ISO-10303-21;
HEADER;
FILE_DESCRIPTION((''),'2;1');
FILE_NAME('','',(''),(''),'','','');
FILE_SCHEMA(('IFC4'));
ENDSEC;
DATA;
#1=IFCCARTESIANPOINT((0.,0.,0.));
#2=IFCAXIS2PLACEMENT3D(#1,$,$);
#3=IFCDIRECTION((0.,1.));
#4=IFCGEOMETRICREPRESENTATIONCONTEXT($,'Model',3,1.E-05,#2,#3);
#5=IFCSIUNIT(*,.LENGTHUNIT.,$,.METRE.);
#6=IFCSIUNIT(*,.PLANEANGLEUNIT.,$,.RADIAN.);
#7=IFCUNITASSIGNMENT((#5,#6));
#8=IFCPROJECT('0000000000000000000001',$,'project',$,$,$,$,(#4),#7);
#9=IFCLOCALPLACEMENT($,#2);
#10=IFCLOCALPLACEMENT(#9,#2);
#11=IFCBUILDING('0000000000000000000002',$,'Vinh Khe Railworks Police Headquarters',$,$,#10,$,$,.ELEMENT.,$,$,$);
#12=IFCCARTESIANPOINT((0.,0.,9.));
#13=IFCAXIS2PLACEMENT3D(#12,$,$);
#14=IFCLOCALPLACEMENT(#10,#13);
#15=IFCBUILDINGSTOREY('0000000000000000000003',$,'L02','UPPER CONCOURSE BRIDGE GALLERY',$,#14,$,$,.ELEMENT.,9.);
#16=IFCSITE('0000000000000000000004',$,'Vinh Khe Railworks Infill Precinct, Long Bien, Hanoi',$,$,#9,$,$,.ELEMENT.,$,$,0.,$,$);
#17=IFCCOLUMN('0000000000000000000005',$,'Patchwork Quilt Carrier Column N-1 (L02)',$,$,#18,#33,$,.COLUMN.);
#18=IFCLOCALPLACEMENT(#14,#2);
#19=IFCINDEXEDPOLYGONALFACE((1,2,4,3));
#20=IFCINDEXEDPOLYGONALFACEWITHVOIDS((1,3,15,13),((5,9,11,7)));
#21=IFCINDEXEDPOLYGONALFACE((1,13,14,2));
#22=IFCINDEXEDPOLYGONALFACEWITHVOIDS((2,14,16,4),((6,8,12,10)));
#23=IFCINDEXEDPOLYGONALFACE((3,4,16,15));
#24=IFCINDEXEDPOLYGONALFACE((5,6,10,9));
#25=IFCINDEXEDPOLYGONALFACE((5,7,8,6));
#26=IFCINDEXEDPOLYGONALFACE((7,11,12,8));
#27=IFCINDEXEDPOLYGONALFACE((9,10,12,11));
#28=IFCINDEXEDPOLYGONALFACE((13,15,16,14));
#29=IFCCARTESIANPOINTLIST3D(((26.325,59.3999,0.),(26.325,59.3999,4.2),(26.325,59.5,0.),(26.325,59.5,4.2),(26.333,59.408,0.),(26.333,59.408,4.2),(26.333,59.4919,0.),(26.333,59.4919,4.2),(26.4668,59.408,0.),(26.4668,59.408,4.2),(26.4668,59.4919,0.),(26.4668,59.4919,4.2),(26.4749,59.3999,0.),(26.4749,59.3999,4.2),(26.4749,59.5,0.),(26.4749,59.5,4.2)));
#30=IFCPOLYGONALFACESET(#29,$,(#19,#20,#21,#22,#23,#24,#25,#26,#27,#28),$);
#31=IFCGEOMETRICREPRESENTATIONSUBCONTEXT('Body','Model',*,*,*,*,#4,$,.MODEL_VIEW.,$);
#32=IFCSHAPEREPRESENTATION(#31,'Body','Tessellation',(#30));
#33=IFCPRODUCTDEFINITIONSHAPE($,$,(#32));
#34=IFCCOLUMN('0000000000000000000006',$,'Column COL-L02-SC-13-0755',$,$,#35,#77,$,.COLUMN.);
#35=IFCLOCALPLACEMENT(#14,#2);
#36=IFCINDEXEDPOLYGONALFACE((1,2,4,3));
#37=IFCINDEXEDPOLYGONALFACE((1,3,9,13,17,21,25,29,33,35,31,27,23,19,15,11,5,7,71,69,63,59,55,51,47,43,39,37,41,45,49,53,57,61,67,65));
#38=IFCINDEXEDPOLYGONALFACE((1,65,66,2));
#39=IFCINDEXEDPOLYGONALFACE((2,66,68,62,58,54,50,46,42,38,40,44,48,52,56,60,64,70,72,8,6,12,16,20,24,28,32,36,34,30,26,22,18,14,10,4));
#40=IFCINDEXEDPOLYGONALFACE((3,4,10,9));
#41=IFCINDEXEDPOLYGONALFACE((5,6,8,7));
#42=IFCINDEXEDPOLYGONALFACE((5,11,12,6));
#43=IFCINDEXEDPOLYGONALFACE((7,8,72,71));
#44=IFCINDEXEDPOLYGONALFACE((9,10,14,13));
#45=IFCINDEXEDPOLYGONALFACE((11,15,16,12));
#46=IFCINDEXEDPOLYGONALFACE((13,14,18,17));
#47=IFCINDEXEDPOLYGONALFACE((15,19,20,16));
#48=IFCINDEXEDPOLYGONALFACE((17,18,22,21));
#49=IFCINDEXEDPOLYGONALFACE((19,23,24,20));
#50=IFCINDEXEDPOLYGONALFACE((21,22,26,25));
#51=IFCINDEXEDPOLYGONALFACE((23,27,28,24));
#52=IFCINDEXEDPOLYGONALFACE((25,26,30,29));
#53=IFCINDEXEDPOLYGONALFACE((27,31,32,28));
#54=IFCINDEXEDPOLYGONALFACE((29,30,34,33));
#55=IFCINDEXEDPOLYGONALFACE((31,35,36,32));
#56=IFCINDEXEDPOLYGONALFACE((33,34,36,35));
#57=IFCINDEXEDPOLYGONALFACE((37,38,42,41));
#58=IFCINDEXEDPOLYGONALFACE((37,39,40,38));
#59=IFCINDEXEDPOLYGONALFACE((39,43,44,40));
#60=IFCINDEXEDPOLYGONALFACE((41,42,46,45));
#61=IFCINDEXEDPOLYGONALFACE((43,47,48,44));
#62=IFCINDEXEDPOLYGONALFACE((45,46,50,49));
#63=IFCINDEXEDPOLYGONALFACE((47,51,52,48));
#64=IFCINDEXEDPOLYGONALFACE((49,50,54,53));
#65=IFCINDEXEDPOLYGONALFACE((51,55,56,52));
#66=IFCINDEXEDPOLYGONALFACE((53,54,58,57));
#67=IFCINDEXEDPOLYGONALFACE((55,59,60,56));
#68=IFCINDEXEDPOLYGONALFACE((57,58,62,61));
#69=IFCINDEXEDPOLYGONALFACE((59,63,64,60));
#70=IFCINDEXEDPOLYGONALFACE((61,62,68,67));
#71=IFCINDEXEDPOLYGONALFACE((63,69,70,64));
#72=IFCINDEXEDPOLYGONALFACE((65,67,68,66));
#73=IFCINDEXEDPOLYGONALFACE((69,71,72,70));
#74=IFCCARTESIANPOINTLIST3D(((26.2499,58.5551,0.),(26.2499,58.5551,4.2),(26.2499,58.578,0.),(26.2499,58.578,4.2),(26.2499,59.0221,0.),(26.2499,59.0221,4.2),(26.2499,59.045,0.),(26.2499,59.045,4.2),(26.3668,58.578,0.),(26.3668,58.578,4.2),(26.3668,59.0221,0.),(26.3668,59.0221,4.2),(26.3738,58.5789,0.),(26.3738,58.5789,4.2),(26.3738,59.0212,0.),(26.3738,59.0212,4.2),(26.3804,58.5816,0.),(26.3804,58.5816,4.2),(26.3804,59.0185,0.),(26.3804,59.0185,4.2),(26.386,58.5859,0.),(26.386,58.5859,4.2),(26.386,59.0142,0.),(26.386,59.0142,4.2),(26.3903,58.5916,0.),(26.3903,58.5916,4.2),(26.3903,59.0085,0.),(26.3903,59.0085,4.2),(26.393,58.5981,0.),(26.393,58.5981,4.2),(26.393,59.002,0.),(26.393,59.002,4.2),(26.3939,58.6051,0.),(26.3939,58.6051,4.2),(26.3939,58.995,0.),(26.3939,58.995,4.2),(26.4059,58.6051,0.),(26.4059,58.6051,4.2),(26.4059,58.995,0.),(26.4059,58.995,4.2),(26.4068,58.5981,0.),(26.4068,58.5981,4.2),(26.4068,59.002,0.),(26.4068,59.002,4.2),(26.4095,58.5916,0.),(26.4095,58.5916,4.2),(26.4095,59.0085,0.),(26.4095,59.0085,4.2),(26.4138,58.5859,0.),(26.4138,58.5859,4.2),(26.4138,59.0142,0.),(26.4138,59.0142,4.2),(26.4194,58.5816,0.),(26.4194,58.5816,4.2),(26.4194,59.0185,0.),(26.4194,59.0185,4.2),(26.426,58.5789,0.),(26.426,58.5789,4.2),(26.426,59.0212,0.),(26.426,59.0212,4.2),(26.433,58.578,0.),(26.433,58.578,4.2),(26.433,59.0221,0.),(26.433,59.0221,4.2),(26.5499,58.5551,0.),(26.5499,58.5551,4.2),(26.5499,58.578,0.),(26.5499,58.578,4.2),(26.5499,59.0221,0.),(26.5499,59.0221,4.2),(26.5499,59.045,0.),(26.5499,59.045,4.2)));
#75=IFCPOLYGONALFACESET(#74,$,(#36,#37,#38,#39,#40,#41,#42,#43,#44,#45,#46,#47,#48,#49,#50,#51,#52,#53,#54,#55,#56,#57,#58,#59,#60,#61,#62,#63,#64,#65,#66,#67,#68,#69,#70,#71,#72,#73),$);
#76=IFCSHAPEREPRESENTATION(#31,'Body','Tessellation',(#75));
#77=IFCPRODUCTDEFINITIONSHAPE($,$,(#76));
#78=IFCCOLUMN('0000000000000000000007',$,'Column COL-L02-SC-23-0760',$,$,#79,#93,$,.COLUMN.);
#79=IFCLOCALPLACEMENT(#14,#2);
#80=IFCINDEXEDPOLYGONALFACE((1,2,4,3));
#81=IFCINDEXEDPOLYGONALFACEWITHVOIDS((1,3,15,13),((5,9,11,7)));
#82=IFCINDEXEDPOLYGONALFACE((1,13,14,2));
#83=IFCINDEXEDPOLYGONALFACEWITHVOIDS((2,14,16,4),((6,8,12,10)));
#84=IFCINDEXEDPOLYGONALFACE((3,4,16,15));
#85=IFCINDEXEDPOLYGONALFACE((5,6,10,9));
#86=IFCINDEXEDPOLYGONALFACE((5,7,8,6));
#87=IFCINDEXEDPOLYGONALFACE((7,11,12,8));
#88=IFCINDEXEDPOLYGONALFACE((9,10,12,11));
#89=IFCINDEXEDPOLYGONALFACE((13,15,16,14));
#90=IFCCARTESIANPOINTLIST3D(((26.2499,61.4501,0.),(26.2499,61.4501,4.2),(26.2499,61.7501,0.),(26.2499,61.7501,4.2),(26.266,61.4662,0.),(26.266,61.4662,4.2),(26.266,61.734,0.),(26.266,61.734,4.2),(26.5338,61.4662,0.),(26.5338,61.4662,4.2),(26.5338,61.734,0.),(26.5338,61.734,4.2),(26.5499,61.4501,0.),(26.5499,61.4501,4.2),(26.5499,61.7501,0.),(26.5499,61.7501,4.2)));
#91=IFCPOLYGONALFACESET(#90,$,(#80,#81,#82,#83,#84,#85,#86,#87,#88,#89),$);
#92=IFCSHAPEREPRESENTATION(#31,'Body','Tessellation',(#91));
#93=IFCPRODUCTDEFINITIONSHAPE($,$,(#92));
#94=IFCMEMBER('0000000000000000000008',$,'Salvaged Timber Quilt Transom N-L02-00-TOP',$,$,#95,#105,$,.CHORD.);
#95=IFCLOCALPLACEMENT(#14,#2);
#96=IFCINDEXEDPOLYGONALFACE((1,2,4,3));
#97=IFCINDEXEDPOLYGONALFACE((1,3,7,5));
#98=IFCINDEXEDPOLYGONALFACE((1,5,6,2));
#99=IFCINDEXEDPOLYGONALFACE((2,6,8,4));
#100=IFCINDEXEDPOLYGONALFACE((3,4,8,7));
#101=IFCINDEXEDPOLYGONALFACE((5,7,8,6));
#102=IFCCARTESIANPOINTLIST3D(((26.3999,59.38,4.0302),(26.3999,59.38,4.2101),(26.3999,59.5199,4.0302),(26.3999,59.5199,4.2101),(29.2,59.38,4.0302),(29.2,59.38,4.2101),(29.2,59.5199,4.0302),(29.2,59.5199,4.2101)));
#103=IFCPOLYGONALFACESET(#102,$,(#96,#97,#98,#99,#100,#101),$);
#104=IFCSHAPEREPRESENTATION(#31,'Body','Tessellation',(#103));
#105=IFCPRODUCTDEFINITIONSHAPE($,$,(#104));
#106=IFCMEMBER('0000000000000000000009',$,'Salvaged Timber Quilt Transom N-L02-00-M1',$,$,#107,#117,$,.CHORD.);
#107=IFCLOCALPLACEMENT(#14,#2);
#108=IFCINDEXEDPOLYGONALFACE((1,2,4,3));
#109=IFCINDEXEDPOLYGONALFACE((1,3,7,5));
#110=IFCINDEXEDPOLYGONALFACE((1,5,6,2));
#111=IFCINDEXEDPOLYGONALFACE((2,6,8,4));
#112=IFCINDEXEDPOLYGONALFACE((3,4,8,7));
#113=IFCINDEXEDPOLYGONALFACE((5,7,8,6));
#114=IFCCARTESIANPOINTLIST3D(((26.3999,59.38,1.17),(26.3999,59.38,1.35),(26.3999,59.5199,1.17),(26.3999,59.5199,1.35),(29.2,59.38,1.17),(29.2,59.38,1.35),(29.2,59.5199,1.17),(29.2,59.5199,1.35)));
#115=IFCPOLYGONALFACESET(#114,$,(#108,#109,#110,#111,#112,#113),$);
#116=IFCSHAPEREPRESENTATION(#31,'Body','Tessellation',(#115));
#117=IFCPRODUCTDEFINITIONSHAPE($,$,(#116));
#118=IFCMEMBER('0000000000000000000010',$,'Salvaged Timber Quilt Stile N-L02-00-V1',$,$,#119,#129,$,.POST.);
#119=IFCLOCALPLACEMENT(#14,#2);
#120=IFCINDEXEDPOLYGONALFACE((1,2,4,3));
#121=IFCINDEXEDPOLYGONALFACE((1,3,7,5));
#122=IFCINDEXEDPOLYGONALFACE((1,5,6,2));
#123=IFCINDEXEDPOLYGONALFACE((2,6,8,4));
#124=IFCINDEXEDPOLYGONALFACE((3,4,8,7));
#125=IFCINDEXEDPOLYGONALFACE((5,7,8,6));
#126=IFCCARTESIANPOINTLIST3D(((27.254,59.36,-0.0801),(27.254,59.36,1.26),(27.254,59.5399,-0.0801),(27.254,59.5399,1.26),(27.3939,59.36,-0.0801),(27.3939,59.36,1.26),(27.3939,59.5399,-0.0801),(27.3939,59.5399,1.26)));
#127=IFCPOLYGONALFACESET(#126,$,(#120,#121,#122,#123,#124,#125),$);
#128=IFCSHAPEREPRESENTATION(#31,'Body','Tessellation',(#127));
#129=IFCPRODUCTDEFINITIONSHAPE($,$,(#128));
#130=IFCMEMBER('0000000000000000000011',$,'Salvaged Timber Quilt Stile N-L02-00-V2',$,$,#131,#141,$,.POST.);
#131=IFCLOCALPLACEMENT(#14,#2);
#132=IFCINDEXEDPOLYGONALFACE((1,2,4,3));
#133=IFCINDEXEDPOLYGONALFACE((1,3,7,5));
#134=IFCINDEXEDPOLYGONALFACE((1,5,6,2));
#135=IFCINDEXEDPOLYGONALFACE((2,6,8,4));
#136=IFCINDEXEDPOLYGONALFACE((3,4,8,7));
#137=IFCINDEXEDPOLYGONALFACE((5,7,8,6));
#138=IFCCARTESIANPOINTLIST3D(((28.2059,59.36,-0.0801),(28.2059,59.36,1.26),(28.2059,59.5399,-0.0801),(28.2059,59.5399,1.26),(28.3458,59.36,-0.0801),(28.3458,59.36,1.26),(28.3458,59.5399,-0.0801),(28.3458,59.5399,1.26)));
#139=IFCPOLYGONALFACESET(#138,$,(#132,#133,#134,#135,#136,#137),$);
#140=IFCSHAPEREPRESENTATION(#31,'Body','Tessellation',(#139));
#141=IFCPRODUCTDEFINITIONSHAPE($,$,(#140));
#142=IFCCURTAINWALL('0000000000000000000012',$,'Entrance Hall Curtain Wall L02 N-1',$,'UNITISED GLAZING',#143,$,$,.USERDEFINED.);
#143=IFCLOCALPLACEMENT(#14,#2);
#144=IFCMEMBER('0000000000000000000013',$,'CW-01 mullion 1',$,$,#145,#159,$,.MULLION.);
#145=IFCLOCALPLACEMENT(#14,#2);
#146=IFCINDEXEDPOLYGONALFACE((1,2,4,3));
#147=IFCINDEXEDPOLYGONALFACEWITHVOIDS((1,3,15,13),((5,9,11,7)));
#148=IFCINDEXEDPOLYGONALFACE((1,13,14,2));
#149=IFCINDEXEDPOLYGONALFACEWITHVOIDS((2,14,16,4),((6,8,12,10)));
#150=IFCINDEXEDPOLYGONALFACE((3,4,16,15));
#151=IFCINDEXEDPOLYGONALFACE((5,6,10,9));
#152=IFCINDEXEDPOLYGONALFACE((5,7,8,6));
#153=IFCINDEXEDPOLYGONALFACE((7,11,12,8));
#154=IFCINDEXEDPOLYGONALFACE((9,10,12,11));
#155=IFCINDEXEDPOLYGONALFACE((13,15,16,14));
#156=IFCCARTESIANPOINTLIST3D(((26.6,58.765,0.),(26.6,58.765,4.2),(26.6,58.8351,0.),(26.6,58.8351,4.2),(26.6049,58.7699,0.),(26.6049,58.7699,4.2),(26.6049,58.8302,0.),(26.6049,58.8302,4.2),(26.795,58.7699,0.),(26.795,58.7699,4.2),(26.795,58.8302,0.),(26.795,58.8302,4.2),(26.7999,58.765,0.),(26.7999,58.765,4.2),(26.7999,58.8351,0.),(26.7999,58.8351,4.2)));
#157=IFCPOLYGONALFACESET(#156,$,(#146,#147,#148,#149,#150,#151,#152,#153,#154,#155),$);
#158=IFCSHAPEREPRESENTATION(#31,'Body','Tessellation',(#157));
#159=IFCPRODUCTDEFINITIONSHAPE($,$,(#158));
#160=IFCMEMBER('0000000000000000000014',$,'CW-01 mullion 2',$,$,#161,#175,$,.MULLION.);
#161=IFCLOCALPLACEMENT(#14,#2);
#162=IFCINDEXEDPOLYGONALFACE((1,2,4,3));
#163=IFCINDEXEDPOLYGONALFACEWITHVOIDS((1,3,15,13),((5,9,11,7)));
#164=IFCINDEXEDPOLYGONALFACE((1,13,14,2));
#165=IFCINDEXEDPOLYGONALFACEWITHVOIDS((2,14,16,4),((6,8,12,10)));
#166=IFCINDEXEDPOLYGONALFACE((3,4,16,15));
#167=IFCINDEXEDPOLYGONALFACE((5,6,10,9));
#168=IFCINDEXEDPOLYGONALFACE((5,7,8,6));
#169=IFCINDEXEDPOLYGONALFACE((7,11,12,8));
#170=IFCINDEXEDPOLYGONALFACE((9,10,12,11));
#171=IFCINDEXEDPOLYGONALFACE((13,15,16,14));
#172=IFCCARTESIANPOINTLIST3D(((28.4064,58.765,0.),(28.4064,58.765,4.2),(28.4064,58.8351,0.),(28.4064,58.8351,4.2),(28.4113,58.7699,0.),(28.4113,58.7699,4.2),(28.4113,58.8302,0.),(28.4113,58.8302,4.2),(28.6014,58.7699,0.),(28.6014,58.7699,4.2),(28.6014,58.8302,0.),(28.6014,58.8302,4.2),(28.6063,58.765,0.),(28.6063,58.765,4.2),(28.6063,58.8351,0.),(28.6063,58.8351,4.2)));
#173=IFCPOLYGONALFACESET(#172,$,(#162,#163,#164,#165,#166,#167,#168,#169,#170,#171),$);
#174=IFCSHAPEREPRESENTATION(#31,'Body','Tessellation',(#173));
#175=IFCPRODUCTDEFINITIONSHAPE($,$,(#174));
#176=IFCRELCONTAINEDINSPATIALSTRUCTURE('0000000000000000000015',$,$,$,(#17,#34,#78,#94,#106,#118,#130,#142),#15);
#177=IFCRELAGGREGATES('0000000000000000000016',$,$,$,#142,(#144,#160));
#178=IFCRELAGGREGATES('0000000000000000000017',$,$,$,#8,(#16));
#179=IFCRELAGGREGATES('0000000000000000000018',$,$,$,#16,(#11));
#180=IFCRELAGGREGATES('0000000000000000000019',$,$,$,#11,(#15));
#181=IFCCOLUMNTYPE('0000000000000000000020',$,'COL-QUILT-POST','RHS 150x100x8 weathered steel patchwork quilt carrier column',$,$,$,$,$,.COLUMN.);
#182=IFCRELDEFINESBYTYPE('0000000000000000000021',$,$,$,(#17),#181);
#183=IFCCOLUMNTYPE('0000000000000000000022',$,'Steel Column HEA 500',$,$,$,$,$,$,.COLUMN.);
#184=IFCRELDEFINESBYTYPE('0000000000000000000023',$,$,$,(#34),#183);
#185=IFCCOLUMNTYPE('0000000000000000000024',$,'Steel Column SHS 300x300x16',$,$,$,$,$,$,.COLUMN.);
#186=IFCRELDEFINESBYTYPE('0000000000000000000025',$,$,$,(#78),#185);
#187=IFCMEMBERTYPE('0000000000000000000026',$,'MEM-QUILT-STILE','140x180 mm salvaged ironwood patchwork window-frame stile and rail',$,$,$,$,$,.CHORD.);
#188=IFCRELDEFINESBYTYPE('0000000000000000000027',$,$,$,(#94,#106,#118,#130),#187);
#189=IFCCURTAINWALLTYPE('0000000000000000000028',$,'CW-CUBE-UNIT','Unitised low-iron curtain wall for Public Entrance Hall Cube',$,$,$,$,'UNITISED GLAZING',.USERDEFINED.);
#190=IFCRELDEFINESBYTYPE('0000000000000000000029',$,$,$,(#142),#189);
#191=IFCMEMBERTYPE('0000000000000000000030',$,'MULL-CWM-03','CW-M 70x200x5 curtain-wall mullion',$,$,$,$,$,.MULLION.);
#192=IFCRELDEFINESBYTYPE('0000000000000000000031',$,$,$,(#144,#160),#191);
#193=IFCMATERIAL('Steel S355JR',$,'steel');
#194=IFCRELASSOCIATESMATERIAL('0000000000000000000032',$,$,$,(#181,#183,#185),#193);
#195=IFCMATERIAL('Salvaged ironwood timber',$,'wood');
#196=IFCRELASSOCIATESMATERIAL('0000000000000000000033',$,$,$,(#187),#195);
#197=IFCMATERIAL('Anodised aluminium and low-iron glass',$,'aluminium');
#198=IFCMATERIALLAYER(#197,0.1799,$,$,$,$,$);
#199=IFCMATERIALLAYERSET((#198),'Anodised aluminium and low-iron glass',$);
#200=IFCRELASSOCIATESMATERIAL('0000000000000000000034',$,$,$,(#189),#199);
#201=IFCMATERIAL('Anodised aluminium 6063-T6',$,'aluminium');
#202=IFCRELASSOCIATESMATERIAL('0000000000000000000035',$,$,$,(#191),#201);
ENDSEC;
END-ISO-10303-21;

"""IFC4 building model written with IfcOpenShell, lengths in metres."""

from ifc_helpers import new_model, si_unit, direction, frame, origin, origin_2d, place, context, subcontext, project, spatial, rectangle, hollow_rectangle, i_section, extrude, material, layer, layer_set, material_profile, profile_set, type_object, element, aggregate, save


model = new_model("IFC4")

# Units and contexts
model_context = context("Model", 3, precision=1e-05, world=origin(), true_north=direction((0.0, 1.0)))
body_context = subcontext(model_context, "Body", "Model", "MODEL_VIEW")
ifc_project = project(units=[si_unit("LENGTHUNIT", "METRE"), si_unit("PLANEANGLEUNIT", "RADIAN")], contexts=[model_context])

# Site, building, storey
site_placement = place(None, origin())
site = spatial("IfcSite", under=ifc_project, at=site_placement, Name="Vinh Khe Railworks Infill Precinct, Long Bien, Hanoi", CompositionType="ELEMENT", RefElevation=0.0)
building_placement = place(site_placement, origin())
building = spatial("IfcBuilding", under=site, at=building_placement, Name="Vinh Khe Railworks Police Headquarters", CompositionType="ELEMENT")
storey_placement = place(building_placement, frame((0.0, 0.0, 9.0)))
storey = spatial("IfcBuildingStorey", under=building, at=storey_placement, Name="L02", Description="UPPER CONCOURSE BRIDGE GALLERY", CompositionType="ELEMENT", Elevation=9.0)

# Columns
ifc_material_1 = material(Name="Steel S355JR", Category="steel")
ifc_material_profile_1 = material_profile(ifc_material_1, hollow_rectangle(XDim=0.1499, YDim=0.1001, WallThickness=0.0081, at=origin_2d()), Name="RHS 150x100x8")
ifc_profile_set_1 = profile_set([ifc_material_profile_1], Name="Steel S355JR")
column_type_1 = type_object("IfcColumnType", Name="COL-QUILT-POST", Description="RHS 150x100x8 weathered steel patchwork quilt carrier column", PredefinedType="COLUMN", material=ifc_profile_set_1)
column_1_placement = place(storey_placement, frame((26.3999, 59.45, 0.0), z_axis=(0.0, 0.0, 1.0), x_axis=(1.0, 0.0, 0.0)))
element("IfcColumn", 1, at=column_1_placement, inside=storey, type_object=column_type_1, Name="Patchwork Quilt Carrier Column N-1 (L02)", PredefinedType="COLUMN", context=body_context, shape_type="SweptSolid", body=[
    extrude(hollow_rectangle(XDim=0.1499, YDim=0.1001, WallThickness=0.0081, at=origin_2d()), origin(), (0.0, 0.0, 1.0), 4.2),
])
ifc_material_profile_2 = material_profile(ifc_material_1, i_section(OverallWidth=0.3, OverallDepth=0.49, WebThickness=0.012, FlangeThickness=0.0229, FilletRadius=0.0271, at=origin_2d()), Name="HEA 500")
ifc_profile_set_2 = profile_set([ifc_material_profile_2], Name="Steel S355JR")
column_type_2 = type_object("IfcColumnType", Name="Steel Column HEA 500", PredefinedType="COLUMN", material=ifc_profile_set_2)
column_2_placement = place(storey_placement, frame((26.3999, 58.8, 0.0), z_axis=(0.0, 0.0, 1.0), x_axis=(1.0, 0.0, 0.0)))
element("IfcColumn", 2, at=column_2_placement, inside=storey, type_object=column_type_2, Name="Column COL-L02-SC-13-0755", PredefinedType="COLUMN", context=body_context, shape_type="SweptSolid", body=[
    extrude(i_section(OverallWidth=0.3, OverallDepth=0.49, WebThickness=0.012, FlangeThickness=0.0229, FilletRadius=0.0271, at=origin_2d()), origin(), (0.0, 0.0, 1.0), 4.2),
])
ifc_material_profile_3 = material_profile(ifc_material_1, hollow_rectangle(XDim=0.3, YDim=0.3, WallThickness=0.0161, at=origin_2d()), Name="SHS 300x300x16")
ifc_profile_set_3 = profile_set([ifc_material_profile_3], Name="Steel S355JR")
column_type_3 = type_object("IfcColumnType", Name="Steel Column SHS 300x300x16", PredefinedType="COLUMN", material=ifc_profile_set_3)
column_3_placement = place(storey_placement, frame((26.3999, 61.6001, 0.0), z_axis=(0.0, 0.0, 1.0), x_axis=(1.0, 0.0, 0.0)))
element("IfcColumn", 3, at=column_3_placement, inside=storey, type_object=column_type_3, Name="Column COL-L02-SC-23-0760", PredefinedType="COLUMN", context=body_context, shape_type="SweptSolid", body=[
    extrude(hollow_rectangle(XDim=0.3, YDim=0.3, WallThickness=0.0161, at=origin_2d()), origin(), (0.0, 0.0, 1.0), 4.2),
])

# Members
ifc_material_2 = material(Name="Salvaged ironwood timber", Category="wood")
ifc_material_profile_4 = material_profile(ifc_material_2, rectangle(XDim=0.1399, YDim=0.1799, at=origin_2d()), Name="TIMBER 140x180")
ifc_profile_set_4 = profile_set([ifc_material_profile_4], Name="Salvaged ironwood timber")
member_type_1 = type_object("IfcMemberType", Name="MEM-QUILT-STILE", Description="140x180 mm salvaged ironwood patchwork window-frame stile and rail", PredefinedType="CHORD", material=ifc_profile_set_4)
for number, where, z_axis, x_axis, name in (
    (4, (26.3999, 59.45, 4.1201), (1.0, 0.0, 0.0), (0.0, 1.0, 0.0), "Salvaged Timber Quilt Transom N-L02-00-TOP"),
    (5, (26.3999, 59.45, 1.26), (1.0, 0.0, 0.0), (0.0, 1.0, 0.0), "Salvaged Timber Quilt Transom N-L02-00-M1"),
):
    element("IfcMember", number, at=place(storey_placement, frame(where, z_axis=z_axis, x_axis=x_axis)), inside=storey, type_object=member_type_1, Name=name, PredefinedType="CHORD", context=body_context, shape_type="SweptSolid", body=[
        extrude(rectangle(XDim=0.1399, YDim=0.1799, at=origin_2d()), origin(), (0.0, 0.0, 1.0), 2.8),
    ])
for number, where, z_axis, x_axis, name in (
    (6, (27.324, 59.45, -0.0801), (0.0, 0.0, 1.0), (1.0, 0.0, 0.0), "Salvaged Timber Quilt Stile N-L02-00-V1"),
    (7, (28.2759, 59.45, -0.0801), (0.0, 0.0, 1.0), (1.0, 0.0, 0.0), "Salvaged Timber Quilt Stile N-L02-00-V2"),
):
    element("IfcMember", number, at=place(storey_placement, frame(where, z_axis=z_axis, x_axis=x_axis)), inside=storey, type_object=member_type_1, Name=name, PredefinedType="POST", context=body_context, shape_type="SweptSolid", body=[
        extrude(rectangle(XDim=0.1399, YDim=0.1799, at=origin_2d()), origin(), (0.0, 0.0, 1.0), 1.3401),
    ])

# Curtain wall, members
ifc_material_3 = material(Name="Anodised aluminium and low-iron glass", Category="aluminium")
ifc_layer_1 = layer(ifc_material_3, 0.1799)
ifc_layer_set_1 = layer_set([ifc_layer_1], Name="Anodised aluminium and low-iron glass")
curtain_wall_type = type_object("IfcCurtainWallType", Name="CW-CUBE-UNIT", Description="Unitised low-iron curtain wall for Public Entrance Hall Cube", ElementType="UNITISED GLAZING", PredefinedType="USERDEFINED", material=ifc_layer_set_1)
curtain_wall_placement = place(storey_placement, origin())
curtain_wall = element("IfcCurtainWall", 8, at=curtain_wall_placement, inside=storey, type_object=curtain_wall_type, Name="Entrance Hall Curtain Wall L02 N-1", ObjectType="UNITISED GLAZING", PredefinedType="USERDEFINED")
ifc_material_4 = material(Name="Anodised aluminium 6063-T6", Category="aluminium")
ifc_material_profile_5 = material_profile(ifc_material_4, hollow_rectangle(XDim=0.0701, YDim=0.2, WallThickness=0.0049, at=origin_2d()), Name="CW-M 70x200x5")
ifc_profile_set_5 = profile_set([ifc_material_profile_5], Name="Anodised aluminium 6063-T6")
member_type_2 = type_object("IfcMemberType", Name="MULL-CWM-03", Description="CW-M 70x200x5 curtain-wall mullion", PredefinedType="MULLION", material=ifc_profile_set_5)
member_1_placement = place(storey_placement, frame((26.7, 58.8, 0.0), z_axis=(0.0, 0.0, 1.0), x_axis=(0.0, 1.0, 0.0)))
member_1 = element("IfcMember", 9, at=member_1_placement, type_object=member_type_2, Name="CW-01 mullion 1", PredefinedType="MULLION", context=body_context, shape_type="SweptSolid", body=[
    extrude(hollow_rectangle(XDim=0.0701, YDim=0.2, WallThickness=0.0049, at=origin_2d()), origin(), (0.0, 0.0, 1.0), 4.2),
])
member_2_placement = place(storey_placement, frame((28.5063, 58.8, 0.0), z_axis=(0.0, 0.0, 1.0), x_axis=(0.0, 1.0, 0.0)))
member_2 = element("IfcMember", 10, at=member_2_placement, type_object=member_type_2, Name="CW-01 mullion 2", PredefinedType="MULLION", context=body_context, shape_type="SweptSolid", body=[
    extrude(hollow_rectangle(XDim=0.0701, YDim=0.2, WallThickness=0.0049, at=origin_2d()), origin(), (0.0, 0.0, 1.0), 4.2),
])

aggregate(curtain_wall, [member_1, member_2])

save(model, "model.ifc")
